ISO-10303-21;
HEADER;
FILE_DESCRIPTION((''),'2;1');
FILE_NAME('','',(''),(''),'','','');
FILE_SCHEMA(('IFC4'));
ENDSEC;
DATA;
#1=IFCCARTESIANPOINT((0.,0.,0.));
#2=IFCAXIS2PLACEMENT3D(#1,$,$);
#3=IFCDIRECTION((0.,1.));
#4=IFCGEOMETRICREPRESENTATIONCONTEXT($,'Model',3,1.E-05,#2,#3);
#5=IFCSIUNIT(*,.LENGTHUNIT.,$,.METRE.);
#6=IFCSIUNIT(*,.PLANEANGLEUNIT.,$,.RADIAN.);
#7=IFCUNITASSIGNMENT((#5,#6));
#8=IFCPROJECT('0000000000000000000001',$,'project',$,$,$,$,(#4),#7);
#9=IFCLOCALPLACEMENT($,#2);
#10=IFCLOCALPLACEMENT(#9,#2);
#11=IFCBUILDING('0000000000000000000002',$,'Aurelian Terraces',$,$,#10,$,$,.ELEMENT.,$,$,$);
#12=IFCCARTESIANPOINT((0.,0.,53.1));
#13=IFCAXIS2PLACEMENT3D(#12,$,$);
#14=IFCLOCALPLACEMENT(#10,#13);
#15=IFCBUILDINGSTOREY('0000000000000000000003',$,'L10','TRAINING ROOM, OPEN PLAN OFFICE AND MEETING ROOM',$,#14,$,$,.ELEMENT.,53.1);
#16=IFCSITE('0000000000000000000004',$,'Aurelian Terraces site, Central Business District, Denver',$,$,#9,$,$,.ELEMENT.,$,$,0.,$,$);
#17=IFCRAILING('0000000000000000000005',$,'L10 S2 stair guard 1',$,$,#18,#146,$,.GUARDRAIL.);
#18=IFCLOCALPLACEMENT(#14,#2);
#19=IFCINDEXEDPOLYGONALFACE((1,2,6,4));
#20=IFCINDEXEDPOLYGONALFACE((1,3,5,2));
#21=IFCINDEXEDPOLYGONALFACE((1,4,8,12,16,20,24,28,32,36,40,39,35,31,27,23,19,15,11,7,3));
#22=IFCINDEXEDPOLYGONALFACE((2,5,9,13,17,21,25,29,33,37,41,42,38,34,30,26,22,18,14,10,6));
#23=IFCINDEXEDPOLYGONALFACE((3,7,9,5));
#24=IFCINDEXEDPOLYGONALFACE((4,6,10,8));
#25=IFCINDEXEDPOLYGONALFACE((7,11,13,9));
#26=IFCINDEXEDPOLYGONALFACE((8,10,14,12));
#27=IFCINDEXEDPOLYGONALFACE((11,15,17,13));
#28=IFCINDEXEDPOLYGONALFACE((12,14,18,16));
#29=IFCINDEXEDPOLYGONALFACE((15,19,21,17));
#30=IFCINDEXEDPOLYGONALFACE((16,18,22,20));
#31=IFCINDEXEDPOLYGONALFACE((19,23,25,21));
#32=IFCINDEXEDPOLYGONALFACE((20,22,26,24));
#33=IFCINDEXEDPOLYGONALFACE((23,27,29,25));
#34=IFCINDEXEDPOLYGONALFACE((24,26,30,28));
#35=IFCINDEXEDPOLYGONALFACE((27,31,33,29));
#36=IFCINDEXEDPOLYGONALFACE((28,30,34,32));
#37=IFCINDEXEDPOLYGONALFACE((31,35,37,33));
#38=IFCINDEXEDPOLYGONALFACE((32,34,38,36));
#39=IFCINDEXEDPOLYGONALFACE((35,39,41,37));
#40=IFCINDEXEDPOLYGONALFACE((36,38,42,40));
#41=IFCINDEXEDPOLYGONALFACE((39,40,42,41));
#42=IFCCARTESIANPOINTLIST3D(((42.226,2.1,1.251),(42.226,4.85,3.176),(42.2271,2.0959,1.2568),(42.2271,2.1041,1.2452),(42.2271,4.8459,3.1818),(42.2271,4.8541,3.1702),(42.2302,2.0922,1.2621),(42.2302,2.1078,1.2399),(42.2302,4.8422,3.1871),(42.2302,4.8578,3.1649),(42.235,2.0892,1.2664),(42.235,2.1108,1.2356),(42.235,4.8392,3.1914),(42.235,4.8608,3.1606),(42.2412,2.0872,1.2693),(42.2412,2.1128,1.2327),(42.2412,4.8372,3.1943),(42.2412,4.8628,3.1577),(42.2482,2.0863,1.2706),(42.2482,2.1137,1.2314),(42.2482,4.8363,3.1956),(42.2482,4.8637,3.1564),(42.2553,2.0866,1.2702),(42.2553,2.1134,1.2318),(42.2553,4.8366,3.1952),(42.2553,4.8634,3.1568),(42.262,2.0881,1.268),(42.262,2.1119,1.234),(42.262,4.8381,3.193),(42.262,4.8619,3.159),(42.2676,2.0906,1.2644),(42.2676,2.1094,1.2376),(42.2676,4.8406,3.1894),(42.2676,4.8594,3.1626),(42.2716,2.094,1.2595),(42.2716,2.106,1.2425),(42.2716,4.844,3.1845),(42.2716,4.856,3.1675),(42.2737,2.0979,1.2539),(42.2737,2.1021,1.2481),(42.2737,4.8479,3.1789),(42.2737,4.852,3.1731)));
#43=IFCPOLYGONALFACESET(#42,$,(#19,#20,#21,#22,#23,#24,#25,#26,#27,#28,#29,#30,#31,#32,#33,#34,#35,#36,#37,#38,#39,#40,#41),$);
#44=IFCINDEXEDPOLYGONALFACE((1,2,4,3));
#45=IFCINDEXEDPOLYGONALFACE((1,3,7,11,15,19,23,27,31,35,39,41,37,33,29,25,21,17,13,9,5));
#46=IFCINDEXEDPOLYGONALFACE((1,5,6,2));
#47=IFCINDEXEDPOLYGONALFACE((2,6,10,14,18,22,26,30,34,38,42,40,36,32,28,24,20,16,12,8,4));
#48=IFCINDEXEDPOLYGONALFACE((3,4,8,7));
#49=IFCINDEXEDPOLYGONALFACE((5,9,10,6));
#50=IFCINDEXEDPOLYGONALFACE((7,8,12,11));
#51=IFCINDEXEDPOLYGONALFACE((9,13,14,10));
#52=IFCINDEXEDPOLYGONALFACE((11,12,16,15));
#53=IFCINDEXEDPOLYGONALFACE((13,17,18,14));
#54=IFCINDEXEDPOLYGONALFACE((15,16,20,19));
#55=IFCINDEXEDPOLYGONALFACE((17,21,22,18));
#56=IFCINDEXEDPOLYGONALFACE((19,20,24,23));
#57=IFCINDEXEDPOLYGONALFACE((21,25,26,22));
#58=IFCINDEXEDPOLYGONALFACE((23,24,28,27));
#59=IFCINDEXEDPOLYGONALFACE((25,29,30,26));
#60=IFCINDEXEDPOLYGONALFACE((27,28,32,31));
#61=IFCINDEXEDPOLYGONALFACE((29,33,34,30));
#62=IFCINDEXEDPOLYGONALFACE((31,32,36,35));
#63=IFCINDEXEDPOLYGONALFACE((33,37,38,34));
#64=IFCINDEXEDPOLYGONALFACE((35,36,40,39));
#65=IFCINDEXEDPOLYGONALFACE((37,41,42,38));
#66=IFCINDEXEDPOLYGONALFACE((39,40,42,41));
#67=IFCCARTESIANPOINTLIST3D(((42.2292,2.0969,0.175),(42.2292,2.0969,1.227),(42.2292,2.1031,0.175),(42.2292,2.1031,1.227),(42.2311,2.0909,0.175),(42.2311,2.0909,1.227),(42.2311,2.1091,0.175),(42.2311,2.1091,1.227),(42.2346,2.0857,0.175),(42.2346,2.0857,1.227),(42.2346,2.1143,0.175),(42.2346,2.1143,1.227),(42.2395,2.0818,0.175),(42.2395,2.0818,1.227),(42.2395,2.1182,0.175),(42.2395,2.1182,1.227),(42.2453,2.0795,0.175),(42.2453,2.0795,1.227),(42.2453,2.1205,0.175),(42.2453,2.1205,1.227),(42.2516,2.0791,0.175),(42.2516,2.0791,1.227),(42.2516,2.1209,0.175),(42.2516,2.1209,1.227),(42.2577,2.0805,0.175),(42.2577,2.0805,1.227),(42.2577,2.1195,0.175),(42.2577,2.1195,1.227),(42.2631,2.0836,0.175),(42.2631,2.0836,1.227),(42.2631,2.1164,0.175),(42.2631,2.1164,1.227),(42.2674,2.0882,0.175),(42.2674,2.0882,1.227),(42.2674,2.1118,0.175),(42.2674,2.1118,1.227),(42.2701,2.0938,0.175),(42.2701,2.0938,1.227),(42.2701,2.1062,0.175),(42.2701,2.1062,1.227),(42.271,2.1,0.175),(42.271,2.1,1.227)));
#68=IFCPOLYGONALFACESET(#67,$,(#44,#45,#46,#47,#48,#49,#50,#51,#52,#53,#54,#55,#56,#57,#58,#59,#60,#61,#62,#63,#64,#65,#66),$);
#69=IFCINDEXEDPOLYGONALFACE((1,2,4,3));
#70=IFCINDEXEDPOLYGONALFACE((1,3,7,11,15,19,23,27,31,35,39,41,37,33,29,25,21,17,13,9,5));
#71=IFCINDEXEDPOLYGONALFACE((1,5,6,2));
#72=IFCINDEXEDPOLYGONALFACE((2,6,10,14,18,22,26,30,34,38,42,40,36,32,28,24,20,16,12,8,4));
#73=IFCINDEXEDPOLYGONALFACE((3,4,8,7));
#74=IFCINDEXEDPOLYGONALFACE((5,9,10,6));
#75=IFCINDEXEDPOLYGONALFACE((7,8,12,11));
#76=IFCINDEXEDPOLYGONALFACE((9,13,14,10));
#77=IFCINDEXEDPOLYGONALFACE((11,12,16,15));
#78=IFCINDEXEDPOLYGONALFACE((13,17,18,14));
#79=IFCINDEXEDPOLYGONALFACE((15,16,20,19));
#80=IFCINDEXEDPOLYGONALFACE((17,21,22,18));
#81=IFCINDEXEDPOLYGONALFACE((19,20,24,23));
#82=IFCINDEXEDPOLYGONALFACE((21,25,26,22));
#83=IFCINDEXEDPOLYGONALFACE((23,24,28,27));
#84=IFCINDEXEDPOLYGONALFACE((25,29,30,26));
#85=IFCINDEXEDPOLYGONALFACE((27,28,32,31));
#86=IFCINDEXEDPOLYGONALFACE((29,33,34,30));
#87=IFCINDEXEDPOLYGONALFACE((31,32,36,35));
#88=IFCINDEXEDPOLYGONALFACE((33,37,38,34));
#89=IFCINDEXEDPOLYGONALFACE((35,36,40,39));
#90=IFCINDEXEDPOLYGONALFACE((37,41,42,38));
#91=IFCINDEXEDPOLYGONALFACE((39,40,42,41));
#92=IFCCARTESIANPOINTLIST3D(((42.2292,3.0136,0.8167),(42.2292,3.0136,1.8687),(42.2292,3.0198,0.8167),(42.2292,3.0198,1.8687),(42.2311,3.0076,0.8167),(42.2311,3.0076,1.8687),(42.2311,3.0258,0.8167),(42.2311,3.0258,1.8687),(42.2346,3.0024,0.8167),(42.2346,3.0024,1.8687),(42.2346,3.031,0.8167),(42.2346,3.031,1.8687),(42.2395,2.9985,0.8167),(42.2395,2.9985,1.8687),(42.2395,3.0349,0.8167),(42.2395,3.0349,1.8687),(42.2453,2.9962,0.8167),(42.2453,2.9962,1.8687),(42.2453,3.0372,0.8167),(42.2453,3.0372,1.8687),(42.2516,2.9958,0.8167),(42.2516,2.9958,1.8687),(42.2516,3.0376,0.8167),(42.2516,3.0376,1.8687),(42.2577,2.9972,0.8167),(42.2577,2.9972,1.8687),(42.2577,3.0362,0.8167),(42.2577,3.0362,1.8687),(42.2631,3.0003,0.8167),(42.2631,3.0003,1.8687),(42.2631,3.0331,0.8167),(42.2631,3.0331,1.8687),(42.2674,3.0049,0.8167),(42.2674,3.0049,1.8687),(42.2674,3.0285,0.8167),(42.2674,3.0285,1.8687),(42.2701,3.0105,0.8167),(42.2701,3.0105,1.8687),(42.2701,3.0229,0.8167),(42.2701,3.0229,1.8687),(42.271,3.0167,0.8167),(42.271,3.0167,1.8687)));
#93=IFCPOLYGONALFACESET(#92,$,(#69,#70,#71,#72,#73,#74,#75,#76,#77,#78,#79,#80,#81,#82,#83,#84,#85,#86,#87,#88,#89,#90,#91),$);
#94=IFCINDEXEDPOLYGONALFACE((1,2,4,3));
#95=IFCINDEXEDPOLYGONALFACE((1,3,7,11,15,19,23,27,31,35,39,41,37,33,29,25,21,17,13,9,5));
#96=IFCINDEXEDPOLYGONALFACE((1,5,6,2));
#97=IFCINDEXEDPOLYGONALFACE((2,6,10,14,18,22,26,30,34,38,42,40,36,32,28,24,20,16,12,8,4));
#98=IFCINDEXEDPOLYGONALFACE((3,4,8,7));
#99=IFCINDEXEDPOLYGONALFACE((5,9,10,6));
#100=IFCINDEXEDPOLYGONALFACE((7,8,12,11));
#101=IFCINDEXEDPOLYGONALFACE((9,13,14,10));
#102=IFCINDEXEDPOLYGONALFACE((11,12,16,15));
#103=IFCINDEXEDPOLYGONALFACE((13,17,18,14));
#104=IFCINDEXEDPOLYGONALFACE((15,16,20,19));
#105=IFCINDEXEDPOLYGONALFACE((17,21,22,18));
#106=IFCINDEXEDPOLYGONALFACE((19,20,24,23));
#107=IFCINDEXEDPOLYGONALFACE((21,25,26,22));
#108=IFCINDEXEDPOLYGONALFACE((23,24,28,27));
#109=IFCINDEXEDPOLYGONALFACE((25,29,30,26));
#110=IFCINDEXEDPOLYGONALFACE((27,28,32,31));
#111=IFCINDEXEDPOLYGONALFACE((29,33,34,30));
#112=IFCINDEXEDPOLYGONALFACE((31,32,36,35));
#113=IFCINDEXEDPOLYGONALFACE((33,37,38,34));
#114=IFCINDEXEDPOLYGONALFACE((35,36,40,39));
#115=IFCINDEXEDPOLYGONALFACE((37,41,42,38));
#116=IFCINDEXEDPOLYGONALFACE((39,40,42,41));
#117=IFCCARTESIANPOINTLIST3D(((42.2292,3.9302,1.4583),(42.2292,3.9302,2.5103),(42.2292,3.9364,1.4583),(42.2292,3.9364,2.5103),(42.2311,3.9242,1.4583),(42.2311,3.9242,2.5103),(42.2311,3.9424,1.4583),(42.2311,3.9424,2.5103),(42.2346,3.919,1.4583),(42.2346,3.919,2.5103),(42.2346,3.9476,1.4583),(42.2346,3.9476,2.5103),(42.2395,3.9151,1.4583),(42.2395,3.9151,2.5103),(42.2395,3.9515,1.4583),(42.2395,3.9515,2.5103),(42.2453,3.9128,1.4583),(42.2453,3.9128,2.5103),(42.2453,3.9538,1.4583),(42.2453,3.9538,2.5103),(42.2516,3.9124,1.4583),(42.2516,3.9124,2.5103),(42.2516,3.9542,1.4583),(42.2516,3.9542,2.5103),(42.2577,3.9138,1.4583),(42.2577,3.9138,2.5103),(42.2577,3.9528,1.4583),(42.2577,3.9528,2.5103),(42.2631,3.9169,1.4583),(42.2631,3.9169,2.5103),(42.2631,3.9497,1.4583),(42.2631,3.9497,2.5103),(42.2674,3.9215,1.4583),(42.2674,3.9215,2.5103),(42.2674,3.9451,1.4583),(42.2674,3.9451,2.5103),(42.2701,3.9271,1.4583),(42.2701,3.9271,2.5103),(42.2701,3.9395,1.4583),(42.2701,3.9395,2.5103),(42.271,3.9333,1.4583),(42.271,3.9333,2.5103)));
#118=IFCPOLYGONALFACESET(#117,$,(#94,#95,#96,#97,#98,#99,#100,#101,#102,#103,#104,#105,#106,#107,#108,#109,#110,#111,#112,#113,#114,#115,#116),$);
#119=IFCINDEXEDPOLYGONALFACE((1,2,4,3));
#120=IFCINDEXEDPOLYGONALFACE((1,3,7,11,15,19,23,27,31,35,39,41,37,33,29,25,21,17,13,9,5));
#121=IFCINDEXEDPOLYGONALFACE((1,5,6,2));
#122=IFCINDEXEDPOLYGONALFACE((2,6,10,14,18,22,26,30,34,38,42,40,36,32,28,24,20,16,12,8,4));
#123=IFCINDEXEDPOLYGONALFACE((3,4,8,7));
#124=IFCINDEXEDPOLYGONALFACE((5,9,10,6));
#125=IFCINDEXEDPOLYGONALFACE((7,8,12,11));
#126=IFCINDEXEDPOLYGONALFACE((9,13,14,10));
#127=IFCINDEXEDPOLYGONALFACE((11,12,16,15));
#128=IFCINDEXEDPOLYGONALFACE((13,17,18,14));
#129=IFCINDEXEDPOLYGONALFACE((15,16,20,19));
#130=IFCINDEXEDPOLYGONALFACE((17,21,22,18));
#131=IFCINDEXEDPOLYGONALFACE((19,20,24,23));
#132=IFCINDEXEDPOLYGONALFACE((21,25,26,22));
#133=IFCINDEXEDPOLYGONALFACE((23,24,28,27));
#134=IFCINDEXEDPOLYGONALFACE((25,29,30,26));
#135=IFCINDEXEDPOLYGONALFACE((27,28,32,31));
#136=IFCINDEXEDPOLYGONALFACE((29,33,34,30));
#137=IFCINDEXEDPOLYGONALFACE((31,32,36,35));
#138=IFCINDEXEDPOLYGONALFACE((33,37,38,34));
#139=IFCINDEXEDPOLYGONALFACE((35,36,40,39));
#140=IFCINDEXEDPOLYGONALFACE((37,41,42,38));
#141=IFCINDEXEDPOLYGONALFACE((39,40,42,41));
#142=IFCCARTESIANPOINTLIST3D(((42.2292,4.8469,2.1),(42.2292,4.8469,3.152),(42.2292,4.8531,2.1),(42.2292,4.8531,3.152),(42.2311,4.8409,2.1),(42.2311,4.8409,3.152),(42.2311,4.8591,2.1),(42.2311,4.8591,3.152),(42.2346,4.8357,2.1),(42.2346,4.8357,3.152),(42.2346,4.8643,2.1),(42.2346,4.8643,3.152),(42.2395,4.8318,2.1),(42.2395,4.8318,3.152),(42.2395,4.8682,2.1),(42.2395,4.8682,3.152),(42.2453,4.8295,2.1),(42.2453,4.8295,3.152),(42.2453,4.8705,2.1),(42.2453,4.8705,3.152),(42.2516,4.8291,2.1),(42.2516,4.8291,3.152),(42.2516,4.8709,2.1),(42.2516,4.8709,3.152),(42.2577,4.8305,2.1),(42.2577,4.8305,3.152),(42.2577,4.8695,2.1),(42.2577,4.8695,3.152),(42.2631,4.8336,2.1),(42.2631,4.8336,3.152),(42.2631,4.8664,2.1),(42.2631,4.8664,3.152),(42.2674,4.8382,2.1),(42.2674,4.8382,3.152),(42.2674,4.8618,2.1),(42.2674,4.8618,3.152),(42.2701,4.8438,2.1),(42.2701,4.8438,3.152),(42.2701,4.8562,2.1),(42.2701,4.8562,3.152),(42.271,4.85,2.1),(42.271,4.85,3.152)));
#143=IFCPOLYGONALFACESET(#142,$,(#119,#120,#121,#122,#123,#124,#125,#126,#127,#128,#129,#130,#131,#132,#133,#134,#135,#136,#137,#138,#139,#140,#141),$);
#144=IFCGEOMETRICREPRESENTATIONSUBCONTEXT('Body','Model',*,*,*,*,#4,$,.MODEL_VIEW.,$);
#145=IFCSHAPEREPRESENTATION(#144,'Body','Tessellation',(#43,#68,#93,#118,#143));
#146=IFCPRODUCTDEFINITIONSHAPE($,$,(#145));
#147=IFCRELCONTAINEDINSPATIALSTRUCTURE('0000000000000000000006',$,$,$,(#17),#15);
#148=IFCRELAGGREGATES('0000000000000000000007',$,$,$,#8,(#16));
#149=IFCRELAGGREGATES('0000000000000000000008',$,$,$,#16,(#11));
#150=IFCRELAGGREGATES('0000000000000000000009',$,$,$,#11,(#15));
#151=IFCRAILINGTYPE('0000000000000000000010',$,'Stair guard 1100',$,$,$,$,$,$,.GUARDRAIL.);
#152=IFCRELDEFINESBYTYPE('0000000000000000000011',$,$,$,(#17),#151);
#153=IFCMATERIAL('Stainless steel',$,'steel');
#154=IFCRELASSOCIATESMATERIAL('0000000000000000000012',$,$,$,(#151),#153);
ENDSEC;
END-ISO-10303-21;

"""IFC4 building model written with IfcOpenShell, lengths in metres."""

from ifc_helpers import new_model, si_unit, direction, frame, origin, origin_2d, place, context, subcontext, project, spatial, circle, extrude, source, transform, mapped, material, type_object, element, save


model = new_model("IFC4")

# Units and contexts
model_context = context("Model", 3, precision=1e-05, world=origin(), true_north=direction((0.0, 1.0)))
body_context = subcontext(model_context, "Body", "Model", "MODEL_VIEW")
ifc_project = project(units=[si_unit("LENGTHUNIT", "METRE"), si_unit("PLANEANGLEUNIT", "RADIAN")], contexts=[model_context])

# Site, building, storey
site_placement = place(None, origin())
site = spatial("IfcSite", under=ifc_project, at=site_placement, Name="Aurelian Terraces site, Central Business District, Denver", CompositionType="ELEMENT", RefElevation=0.0)
building_placement = place(site_placement, origin())
building = spatial("IfcBuilding", under=site, at=building_placement, Name="Aurelian Terraces", CompositionType="ELEMENT")
storey_placement = place(building_placement, frame((0.0, 0.0, 53.1)))
storey = spatial("IfcBuildingStorey", under=building, at=storey_placement, Name="L10", Description="TRAINING ROOM, OPEN PLAN OFFICE AND MEETING ROOM", CompositionType="ELEMENT", Elevation=53.1)

# Railing
ifc_material_1 = material(Name="Stainless steel", Category="steel")
railing_type_1 = type_object("IfcRailingType", Name="Stair guard 1100", PredefinedType="GUARDRAIL", material=ifc_material_1)
shared_shape_1 = source(origin(), body_context, "Body", "SweptSolid", [
    extrude(circle(Radius=0.024, at=origin_2d()), frame((0.0, 0.0, 1.076), z_axis=(0.0, 0.819232, 0.573462), x_axis=(-1.0, 0.0, 0.0)), (0.0, 0.0, 1.0), 3.3568),
    extrude(circle(Radius=0.021, at=origin_2d()), origin(), (0.0, 0.0, 1.0), 1.052),
    extrude(circle(Radius=0.021, at=origin_2d()), frame((0.0, 0.9167, 0.6417)), (0.0, 0.0, 1.0), 1.052),
    extrude(circle(Radius=0.021, at=origin_2d()), frame((0.0, 1.8333, 1.2833)), (0.0, 0.0, 1.0), 1.052),
    extrude(circle(Radius=0.021, at=origin_2d()), frame((0.0, 2.75, 1.925)), (0.0, 0.0, 1.0), 1.052),
])
railing_1_placement = place(storey_placement, frame((42.25, 2.1, 0.175)))
element("IfcRailing", 1, at=railing_1_placement, inside=storey, type_object=railing_type_1, Name="L10 S2 stair guard 1", PredefinedType="GUARDRAIL", context=body_context, shape_type="MappedRepresentation", body=[
    mapped(shared_shape_1, transform((0.0, 0.0, 0.0), scale=1.0)),
])

save(model, "model.ifc")
